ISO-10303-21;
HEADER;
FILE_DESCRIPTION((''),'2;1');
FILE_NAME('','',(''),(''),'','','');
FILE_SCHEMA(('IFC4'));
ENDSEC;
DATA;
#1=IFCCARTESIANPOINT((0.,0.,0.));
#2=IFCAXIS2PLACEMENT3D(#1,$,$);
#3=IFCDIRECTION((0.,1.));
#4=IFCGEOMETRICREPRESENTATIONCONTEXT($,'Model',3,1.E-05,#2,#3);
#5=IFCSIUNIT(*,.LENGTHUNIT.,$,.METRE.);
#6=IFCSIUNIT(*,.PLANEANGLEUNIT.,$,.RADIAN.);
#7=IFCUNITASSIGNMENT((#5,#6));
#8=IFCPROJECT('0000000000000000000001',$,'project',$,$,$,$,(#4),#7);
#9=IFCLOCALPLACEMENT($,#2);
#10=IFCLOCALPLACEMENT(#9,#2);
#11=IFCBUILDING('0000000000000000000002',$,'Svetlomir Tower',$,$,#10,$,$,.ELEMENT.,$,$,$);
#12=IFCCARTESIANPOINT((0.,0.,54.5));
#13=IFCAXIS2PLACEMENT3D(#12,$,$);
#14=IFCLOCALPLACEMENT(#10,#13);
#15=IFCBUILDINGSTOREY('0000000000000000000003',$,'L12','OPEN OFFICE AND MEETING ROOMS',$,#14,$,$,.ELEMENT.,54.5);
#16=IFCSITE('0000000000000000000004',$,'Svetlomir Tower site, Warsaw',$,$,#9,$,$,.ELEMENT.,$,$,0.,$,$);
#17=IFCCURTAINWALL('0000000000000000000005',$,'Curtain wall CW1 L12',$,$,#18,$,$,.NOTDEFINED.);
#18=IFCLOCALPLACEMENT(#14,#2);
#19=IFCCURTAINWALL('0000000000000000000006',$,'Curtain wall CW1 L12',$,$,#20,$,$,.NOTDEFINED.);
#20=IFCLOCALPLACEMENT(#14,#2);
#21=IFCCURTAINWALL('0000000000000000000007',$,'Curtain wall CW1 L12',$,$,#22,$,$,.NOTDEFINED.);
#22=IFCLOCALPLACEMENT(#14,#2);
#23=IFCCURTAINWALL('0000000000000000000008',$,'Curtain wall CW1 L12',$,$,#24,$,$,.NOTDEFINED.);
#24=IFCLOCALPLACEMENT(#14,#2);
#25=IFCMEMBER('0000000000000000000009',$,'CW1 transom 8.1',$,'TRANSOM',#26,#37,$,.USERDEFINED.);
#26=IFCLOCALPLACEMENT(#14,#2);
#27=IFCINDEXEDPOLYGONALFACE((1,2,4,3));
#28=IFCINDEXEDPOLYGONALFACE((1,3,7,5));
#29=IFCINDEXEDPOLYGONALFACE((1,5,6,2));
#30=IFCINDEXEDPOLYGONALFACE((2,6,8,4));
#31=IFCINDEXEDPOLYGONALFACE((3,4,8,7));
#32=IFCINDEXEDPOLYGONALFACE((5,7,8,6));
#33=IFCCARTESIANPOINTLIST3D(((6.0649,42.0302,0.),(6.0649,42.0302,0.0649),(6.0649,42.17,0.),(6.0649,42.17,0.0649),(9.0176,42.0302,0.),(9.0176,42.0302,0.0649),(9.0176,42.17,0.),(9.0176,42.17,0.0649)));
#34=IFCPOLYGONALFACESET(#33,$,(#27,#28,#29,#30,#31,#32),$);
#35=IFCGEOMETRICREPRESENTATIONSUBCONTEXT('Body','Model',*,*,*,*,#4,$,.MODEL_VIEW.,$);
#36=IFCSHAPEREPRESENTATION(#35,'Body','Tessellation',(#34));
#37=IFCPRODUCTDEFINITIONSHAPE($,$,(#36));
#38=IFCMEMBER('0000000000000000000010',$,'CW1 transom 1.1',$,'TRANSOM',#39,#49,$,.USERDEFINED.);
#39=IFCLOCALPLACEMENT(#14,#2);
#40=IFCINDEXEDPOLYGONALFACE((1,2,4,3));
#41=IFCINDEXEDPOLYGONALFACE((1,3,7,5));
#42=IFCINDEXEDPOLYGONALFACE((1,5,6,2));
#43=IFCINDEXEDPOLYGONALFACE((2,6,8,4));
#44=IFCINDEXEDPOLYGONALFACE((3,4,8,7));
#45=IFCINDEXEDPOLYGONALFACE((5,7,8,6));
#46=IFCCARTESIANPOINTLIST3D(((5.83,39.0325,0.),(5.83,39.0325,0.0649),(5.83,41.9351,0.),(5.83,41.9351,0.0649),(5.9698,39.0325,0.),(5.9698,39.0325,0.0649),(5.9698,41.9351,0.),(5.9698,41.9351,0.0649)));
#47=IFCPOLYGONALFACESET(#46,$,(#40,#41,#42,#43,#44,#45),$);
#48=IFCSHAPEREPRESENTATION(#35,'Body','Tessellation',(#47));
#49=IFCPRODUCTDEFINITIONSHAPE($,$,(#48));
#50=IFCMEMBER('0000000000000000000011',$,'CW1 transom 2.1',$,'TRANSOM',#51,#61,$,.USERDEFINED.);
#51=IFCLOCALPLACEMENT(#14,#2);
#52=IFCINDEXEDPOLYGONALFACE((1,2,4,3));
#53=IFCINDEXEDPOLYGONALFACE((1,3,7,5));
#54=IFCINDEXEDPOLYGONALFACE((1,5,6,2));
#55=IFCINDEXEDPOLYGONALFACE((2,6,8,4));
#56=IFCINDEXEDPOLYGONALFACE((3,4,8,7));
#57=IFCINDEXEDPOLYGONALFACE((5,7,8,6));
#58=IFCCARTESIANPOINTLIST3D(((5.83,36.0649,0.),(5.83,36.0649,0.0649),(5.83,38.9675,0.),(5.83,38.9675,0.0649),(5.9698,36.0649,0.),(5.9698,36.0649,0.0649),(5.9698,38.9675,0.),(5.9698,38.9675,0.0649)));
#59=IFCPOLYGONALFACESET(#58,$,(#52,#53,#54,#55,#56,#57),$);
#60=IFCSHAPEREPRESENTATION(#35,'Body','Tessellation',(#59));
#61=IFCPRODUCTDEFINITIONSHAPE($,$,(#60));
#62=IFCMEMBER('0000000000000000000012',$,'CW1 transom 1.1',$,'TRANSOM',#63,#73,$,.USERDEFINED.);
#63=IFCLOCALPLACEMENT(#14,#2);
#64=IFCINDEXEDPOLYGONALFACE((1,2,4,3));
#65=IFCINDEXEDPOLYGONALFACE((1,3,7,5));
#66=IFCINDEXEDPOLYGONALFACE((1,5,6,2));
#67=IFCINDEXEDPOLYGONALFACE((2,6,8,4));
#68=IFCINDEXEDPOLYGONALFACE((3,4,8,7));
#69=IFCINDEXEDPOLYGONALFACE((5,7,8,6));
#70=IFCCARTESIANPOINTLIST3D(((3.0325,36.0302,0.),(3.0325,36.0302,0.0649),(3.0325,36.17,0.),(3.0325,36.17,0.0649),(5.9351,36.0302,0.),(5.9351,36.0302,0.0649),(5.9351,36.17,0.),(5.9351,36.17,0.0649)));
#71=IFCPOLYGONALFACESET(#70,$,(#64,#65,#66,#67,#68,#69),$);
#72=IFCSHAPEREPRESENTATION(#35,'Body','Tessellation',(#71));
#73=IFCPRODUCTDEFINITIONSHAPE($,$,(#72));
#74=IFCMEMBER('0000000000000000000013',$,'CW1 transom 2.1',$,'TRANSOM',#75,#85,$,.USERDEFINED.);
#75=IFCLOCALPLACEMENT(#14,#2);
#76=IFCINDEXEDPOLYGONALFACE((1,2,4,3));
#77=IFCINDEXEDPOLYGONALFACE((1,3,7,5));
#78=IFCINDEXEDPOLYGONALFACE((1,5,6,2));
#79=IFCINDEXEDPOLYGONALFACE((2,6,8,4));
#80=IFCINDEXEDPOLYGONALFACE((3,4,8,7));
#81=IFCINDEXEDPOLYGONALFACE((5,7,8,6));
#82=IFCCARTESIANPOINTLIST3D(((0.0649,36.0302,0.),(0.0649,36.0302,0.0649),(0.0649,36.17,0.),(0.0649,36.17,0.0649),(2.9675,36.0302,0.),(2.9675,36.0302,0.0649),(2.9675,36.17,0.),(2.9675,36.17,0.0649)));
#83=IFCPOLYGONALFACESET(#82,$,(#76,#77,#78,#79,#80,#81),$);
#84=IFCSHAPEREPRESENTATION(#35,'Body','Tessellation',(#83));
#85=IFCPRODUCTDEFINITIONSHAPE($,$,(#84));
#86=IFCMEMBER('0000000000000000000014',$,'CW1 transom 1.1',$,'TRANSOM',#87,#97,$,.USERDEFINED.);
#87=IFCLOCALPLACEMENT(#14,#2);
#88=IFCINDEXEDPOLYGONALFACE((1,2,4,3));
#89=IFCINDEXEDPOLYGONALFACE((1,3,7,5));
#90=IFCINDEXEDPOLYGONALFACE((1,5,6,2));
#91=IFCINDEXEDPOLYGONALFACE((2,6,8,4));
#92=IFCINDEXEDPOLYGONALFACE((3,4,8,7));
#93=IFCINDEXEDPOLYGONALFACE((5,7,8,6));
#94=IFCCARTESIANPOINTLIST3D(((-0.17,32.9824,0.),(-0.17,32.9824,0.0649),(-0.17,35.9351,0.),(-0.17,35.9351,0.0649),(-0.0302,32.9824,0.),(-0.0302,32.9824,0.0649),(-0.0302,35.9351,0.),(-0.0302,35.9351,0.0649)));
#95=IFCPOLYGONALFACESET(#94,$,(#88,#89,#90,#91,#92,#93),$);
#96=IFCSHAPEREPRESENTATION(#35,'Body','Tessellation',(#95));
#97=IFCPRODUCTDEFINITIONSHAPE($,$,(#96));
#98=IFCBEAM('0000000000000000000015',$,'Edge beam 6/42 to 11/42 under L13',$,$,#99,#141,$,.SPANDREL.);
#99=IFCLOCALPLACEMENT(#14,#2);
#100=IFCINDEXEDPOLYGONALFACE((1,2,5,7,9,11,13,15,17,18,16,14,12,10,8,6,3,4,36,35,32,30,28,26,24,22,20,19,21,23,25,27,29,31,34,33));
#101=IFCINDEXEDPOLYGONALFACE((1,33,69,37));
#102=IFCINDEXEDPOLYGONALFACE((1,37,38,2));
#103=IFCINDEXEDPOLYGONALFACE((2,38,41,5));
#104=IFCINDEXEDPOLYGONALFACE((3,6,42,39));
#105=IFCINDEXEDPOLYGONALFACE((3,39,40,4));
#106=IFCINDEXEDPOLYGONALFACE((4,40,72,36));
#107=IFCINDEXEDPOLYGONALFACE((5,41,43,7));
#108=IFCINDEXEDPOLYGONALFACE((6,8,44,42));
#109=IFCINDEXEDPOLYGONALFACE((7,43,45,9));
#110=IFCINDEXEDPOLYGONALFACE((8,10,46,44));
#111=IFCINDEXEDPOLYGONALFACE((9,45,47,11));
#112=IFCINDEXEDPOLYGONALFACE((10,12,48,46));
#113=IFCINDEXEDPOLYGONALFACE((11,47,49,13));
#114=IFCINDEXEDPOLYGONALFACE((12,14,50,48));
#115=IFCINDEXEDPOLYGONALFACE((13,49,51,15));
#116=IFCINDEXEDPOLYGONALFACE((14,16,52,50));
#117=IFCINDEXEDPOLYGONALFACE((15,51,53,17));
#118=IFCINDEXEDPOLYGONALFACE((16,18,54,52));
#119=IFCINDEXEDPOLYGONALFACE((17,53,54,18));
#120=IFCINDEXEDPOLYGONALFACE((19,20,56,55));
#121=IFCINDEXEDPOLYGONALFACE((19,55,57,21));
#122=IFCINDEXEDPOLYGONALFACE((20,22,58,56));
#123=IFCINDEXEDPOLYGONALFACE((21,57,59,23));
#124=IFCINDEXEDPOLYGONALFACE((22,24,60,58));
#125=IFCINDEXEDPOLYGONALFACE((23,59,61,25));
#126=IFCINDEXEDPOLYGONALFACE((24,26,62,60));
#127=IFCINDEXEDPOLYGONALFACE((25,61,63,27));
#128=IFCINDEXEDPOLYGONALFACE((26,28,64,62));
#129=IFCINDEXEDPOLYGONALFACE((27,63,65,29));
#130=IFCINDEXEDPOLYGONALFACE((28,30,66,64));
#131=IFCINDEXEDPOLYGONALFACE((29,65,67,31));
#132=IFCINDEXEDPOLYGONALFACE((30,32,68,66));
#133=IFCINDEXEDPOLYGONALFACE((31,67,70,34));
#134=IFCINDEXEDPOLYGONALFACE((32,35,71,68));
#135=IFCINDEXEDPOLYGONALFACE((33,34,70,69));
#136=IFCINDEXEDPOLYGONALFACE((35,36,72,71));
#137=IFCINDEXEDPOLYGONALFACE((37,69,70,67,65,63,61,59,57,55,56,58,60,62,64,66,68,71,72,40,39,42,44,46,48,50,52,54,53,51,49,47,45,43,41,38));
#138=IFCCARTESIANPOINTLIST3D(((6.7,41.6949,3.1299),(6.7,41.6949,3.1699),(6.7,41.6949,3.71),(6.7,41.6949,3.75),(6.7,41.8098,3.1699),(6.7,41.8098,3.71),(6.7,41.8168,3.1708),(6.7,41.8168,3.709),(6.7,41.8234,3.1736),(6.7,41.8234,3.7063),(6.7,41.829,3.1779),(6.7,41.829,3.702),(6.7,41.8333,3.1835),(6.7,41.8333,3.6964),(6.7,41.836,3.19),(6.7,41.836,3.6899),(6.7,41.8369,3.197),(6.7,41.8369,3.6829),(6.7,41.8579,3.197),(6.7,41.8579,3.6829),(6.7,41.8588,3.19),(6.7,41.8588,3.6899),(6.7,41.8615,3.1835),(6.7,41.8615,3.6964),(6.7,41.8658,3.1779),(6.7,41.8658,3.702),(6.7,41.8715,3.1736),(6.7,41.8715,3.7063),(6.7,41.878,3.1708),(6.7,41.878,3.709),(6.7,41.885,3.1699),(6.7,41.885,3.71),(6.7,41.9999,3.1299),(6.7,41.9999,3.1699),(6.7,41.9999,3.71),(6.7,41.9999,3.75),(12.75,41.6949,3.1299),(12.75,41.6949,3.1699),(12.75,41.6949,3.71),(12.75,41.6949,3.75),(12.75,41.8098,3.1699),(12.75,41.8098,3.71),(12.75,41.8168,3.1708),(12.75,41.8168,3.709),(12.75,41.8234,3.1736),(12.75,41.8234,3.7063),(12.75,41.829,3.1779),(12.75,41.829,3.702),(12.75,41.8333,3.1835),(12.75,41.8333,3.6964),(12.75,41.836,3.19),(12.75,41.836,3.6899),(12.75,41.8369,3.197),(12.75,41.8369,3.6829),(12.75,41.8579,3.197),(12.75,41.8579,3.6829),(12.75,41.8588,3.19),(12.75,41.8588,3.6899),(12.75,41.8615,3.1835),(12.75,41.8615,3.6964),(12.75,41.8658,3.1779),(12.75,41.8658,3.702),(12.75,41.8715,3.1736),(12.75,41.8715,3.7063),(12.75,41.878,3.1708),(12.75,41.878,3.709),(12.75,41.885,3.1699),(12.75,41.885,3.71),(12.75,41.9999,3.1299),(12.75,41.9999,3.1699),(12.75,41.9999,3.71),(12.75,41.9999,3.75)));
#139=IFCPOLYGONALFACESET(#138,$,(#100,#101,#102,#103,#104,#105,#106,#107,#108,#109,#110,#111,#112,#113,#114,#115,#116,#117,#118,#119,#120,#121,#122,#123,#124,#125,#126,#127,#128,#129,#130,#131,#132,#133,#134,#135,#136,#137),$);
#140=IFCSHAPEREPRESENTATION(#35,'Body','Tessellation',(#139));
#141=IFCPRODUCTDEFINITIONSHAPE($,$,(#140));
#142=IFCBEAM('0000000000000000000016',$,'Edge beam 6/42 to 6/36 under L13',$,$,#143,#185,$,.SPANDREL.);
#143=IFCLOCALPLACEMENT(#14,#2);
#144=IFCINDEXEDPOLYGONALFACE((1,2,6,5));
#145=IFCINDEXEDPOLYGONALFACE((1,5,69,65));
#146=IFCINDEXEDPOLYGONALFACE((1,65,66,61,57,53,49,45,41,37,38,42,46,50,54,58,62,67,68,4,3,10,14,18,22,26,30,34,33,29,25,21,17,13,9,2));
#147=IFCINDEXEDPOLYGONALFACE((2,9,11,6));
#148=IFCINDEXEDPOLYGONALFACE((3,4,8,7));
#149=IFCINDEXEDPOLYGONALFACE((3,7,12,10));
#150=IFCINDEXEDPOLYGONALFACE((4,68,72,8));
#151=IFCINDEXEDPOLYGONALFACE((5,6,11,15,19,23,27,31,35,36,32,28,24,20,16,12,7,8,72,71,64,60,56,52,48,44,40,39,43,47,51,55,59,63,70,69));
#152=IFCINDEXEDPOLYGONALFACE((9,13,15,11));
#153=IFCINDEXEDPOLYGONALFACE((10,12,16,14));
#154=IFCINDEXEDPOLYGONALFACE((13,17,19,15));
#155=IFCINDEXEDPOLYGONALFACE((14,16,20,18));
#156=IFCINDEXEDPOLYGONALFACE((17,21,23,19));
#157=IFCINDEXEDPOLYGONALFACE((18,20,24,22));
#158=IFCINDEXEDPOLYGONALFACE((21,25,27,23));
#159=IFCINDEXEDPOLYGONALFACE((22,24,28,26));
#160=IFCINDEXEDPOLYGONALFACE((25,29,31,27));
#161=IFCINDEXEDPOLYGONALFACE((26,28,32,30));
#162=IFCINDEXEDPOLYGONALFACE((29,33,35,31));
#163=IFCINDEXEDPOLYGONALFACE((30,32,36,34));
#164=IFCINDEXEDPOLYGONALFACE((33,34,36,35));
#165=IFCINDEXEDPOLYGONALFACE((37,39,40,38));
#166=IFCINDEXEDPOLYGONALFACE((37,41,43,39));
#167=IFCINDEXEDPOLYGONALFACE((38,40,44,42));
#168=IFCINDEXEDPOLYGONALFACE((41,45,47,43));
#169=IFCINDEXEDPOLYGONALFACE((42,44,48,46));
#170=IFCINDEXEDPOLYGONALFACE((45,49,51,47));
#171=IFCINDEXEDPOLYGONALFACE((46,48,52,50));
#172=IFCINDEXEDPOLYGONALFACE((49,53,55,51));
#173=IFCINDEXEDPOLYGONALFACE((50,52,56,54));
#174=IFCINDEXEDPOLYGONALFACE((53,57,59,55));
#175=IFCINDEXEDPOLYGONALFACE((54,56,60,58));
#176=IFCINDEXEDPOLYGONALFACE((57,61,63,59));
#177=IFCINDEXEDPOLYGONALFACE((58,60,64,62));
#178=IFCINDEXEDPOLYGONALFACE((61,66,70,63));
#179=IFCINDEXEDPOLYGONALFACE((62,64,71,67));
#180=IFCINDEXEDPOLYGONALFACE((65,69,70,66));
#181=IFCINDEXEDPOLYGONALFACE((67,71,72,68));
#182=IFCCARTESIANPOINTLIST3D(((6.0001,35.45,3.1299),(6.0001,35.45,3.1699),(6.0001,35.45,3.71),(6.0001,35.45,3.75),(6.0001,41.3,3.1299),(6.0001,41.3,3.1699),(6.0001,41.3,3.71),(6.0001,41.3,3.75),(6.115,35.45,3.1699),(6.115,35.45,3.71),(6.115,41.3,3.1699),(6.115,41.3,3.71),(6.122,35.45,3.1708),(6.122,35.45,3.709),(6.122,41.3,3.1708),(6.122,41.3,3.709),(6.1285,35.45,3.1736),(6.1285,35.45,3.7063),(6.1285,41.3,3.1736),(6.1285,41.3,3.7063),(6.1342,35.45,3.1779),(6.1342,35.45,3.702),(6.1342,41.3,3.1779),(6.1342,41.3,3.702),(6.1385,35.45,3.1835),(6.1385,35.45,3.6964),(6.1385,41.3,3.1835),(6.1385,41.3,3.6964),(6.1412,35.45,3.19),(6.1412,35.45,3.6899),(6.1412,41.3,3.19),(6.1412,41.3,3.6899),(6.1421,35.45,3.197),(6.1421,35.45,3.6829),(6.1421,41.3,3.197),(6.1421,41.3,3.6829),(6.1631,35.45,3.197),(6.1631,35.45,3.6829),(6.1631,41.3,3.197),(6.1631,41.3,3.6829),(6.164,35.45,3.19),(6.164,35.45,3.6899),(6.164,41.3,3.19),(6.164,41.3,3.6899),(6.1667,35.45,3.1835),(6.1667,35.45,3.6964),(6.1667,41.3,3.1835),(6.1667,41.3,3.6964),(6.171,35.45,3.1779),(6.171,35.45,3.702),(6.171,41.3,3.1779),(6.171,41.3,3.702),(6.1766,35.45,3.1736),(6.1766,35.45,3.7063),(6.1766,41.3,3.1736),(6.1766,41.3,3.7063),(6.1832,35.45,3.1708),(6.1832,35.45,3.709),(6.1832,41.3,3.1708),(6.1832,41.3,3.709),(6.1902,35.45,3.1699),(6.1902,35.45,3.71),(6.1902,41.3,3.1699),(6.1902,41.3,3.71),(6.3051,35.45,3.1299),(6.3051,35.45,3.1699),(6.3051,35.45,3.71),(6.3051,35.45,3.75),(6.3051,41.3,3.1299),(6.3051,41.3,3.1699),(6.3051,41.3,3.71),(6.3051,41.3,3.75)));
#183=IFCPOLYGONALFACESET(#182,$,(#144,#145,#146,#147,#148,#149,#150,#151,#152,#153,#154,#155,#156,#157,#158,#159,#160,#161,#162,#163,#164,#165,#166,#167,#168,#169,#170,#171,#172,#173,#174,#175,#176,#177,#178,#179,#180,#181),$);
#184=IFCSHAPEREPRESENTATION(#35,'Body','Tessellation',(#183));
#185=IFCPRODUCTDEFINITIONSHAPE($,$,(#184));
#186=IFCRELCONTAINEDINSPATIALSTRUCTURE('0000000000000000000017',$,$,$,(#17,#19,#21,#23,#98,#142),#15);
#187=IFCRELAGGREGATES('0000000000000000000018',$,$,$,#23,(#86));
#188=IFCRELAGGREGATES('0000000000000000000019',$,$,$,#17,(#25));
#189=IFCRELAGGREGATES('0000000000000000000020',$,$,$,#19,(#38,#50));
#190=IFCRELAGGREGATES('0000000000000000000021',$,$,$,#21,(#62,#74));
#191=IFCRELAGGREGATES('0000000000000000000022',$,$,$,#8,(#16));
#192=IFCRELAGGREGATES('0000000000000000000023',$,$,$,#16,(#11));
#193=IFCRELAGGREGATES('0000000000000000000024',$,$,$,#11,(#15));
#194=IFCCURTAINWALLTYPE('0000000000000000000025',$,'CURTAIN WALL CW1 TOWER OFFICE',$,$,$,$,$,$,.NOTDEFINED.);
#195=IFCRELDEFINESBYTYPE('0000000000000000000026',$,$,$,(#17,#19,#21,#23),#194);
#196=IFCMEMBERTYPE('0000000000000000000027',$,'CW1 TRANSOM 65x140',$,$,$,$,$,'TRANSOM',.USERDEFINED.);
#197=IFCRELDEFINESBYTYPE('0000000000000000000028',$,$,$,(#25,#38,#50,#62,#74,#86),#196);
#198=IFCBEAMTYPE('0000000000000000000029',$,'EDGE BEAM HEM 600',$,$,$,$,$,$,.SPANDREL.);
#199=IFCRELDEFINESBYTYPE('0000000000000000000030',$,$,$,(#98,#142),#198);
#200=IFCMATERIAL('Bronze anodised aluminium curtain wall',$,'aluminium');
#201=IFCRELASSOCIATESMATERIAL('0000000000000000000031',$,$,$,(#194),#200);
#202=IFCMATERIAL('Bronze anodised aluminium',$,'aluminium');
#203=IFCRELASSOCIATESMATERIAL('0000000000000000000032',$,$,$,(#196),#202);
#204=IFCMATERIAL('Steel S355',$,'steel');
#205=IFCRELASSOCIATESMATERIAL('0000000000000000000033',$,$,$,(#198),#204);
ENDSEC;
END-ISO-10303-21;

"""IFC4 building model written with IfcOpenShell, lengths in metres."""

from ifc_helpers import new_model, si_unit, direction, frame, origin, origin_2d, place, context, subcontext, project, spatial, rectangle, i_section, extrude, material, material_profile, profile_set, type_object, element, aggregate, save


model = new_model("IFC4")

# Units and contexts
model_context = context("Model", 3, precision=1e-05, world=origin(), true_north=direction((0.0, 1.0)))
body_context = subcontext(model_context, "Body", "Model", "MODEL_VIEW")
ifc_project = project(units=[si_unit("LENGTHUNIT", "METRE"), si_unit("PLANEANGLEUNIT", "RADIAN")], contexts=[model_context])

# Site, building, storey
site_placement = place(None, origin())
site = spatial("IfcSite", under=ifc_project, at=site_placement, Name="Svetlomir Tower site, Warsaw", CompositionType="ELEMENT", RefElevation=0.0)
building_placement = place(site_placement, origin())
building = spatial("IfcBuilding", under=site, at=building_placement, Name="Svetlomir Tower", CompositionType="ELEMENT")
storey_placement = place(building_placement, frame((0.0, 0.0, 54.5)))
storey = spatial("IfcBuildingStorey", under=building, at=storey_placement, Name="L12", Description="OPEN OFFICE AND MEETING ROOMS", CompositionType="ELEMENT", Elevation=54.5)

# Curtain walls
ifc_material_1 = material(Name="Bronze anodised aluminium curtain wall", Category="aluminium")
curtain_wall_type = type_object("IfcCurtainWallType", Name="CURTAIN WALL CW1 TOWER OFFICE", PredefinedType="NOTDEFINED", material=ifc_material_1)
curtain_wall_1_placement = place(storey_placement, origin())
curtain_wall_1 = element("IfcCurtainWall", 1, at=curtain_wall_1_placement, inside=storey, type_object=curtain_wall_type, Name="Curtain wall CW1 L12", PredefinedType="NOTDEFINED")
curtain_wall_2_placement = place(storey_placement, origin())
curtain_wall_2 = element("IfcCurtainWall", 2, at=curtain_wall_2_placement, inside=storey, type_object=curtain_wall_type, Name="Curtain wall CW1 L12", PredefinedType="NOTDEFINED")
curtain_wall_3_placement = place(storey_placement, origin())
curtain_wall_3 = element("IfcCurtainWall", 3, at=curtain_wall_3_placement, inside=storey, type_object=curtain_wall_type, Name="Curtain wall CW1 L12", PredefinedType="NOTDEFINED")

# Curtain wall
curtain_wall_4_placement = place(storey_placement, origin())
curtain_wall_4 = element("IfcCurtainWall", 4, at=curtain_wall_4_placement, inside=storey, type_object=curtain_wall_type, Name="Curtain wall CW1 L12", PredefinedType="NOTDEFINED")

# Members
ifc_material_2 = material(Name="Bronze anodised aluminium", Category="aluminium")
ifc_material_profile_1 = material_profile(ifc_material_2, rectangle(XDim=0.1399, YDim=0.0649, at=origin_2d()), Name="AL 140x65")
ifc_profile_set_1 = profile_set([ifc_material_profile_1], Name="Bronze anodised aluminium 6063-T6")
member_type_1 = type_object("IfcMemberType", Name="CW1 TRANSOM 65x140", ElementType="TRANSOM", PredefinedType="USERDEFINED", material=ifc_profile_set_1)
member_1_placement = place(storey_placement, frame((9.0176, 42.1001, 0.0325), z_axis=(-1.0, 0.0, 0.0), x_axis=(0.0, -1.0, 0.0)))
member_1 = element("IfcMember", 5, at=member_1_placement, type_object=member_type_1, Name="CW1 transom 8.1", ObjectType="TRANSOM", PredefinedType="USERDEFINED", context=body_context, shape_type="SweptSolid", body=[
    extrude(rectangle(XDim=0.1399, YDim=0.0649, at=origin_2d()), origin(), (0.0, 0.0, 1.0), 2.9526),
])
member_2_placement = place(storey_placement, frame((5.8999, 41.9351, 0.0325), z_axis=(0.0, -1.0, 0.0), x_axis=(1.0, 0.0, 0.0)))
member_2 = element("IfcMember", 6, at=member_2_placement, type_object=member_type_1, Name="CW1 transom 1.1", ObjectType="TRANSOM", PredefinedType="USERDEFINED", context=body_context, shape_type="SweptSolid", body=[
    extrude(rectangle(XDim=0.1399, YDim=0.0649, at=origin_2d()), origin(), (0.0, 0.0, 1.0), 2.9026),
])
member_3_placement = place(storey_placement, frame((5.8999, 38.9675, 0.0325), z_axis=(0.0, -1.0, 0.0), x_axis=(1.0, 0.0, 0.0)))
member_3 = element("IfcMember", 7, at=member_3_placement, type_object=member_type_1, Name="CW1 transom 2.1", ObjectType="TRANSOM", PredefinedType="USERDEFINED", context=body_context, shape_type="SweptSolid", body=[
    extrude(rectangle(XDim=0.1399, YDim=0.0649, at=origin_2d()), origin(), (0.0, 0.0, 1.0), 2.9026),
])
member_4_placement = place(storey_placement, frame((5.9351, 36.1001, 0.0325), z_axis=(-1.0, 0.0, 0.0), x_axis=(0.0, -1.0, 0.0)))
member_4 = element("IfcMember", 8, at=member_4_placement, type_object=member_type_1, Name="CW1 transom 1.1", ObjectType="TRANSOM", PredefinedType="USERDEFINED", context=body_context, shape_type="SweptSolid", body=[
    extrude(rectangle(XDim=0.1399, YDim=0.0649, at=origin_2d()), origin(), (0.0, 0.0, 1.0), 2.9026),
])
member_5_placement = place(storey_placement, frame((2.9675, 36.1001, 0.0325), z_axis=(-1.0, 0.0, 0.0), x_axis=(0.0, -1.0, 0.0)))
member_5 = element("IfcMember", 9, at=member_5_placement, type_object=member_type_1, Name="CW1 transom 2.1", ObjectType="TRANSOM", PredefinedType="USERDEFINED", context=body_context, shape_type="SweptSolid", body=[
    extrude(rectangle(XDim=0.1399, YDim=0.0649, at=origin_2d()), origin(), (0.0, 0.0, 1.0), 2.9026),
])
member_6_placement = place(storey_placement, frame((-0.1001, 35.9351, 0.0325), z_axis=(0.0, -1.0, 0.0), x_axis=(1.0, 0.0, 0.0)))
member_6 = element("IfcMember", 10, at=member_6_placement, type_object=member_type_1, Name="CW1 transom 1.1", ObjectType="TRANSOM", PredefinedType="USERDEFINED", context=body_context, shape_type="SweptSolid", body=[
    extrude(rectangle(XDim=0.1399, YDim=0.0649, at=origin_2d()), origin(), (0.0, 0.0, 1.0), 2.9526),
])
aggregate(curtain_wall_4, [member_6])

# Beams
ifc_material_3 = material(Name="Steel S355", Category="steel")
ifc_material_profile_2 = material_profile(ifc_material_3, i_section(OverallWidth=0.3049, OverallDepth=0.6201, WebThickness=0.021, FlangeThickness=0.04, FilletRadius=0.0271, at=origin_2d()), Name="HEM 600")
ifc_profile_set_2 = profile_set([ifc_material_profile_2], Name="Steel S355")
beam_type = type_object("IfcBeamType", Name="EDGE BEAM HEM 600", PredefinedType="SPANDREL", material=ifc_profile_set_2)
beam_placement = place(storey_placement, frame((6.7, 41.8474, 3.4399), z_axis=(1.0, 0.0, 0.0), x_axis=(0.0, 1.0, 0.0)))
element("IfcBeam", 11, at=beam_placement, inside=storey, type_object=beam_type, Name="Edge beam 6/42 to 11/42 under L13", PredefinedType="SPANDREL", context=body_context, shape_type="SweptSolid", body=[
    extrude(i_section(OverallWidth=0.3049, OverallDepth=0.6201, WebThickness=0.021, FlangeThickness=0.04, FilletRadius=0.0271, at=origin_2d()), origin(), (0.0, 0.0, 1.0), 6.05),
])
for number, where, z_axis, x_axis, name in (
    (12, (6.1526, 41.3, 3.4399), (0.0, -1.0, 0.0), (1.0, 0.0, 0.0), "Edge beam 6/42 to 6/36 under L13"),
):
    element("IfcBeam", number, at=place(storey_placement, frame(where, z_axis=z_axis, x_axis=x_axis)), inside=storey, type_object=beam_type, Name=name, PredefinedType="SPANDREL", context=body_context, shape_type="SweptSolid", body=[
        extrude(i_section(OverallWidth=0.3049, OverallDepth=0.6201, WebThickness=0.021, FlangeThickness=0.04, FilletRadius=0.0271, at=origin_2d()), origin(), (0.0, 0.0, 1.0), 5.8501),
    ])

aggregate(curtain_wall_1, [member_1])
aggregate(curtain_wall_2, [member_2, member_3])
aggregate(curtain_wall_3, [member_4, member_5])

save(model, "model.ifc")
